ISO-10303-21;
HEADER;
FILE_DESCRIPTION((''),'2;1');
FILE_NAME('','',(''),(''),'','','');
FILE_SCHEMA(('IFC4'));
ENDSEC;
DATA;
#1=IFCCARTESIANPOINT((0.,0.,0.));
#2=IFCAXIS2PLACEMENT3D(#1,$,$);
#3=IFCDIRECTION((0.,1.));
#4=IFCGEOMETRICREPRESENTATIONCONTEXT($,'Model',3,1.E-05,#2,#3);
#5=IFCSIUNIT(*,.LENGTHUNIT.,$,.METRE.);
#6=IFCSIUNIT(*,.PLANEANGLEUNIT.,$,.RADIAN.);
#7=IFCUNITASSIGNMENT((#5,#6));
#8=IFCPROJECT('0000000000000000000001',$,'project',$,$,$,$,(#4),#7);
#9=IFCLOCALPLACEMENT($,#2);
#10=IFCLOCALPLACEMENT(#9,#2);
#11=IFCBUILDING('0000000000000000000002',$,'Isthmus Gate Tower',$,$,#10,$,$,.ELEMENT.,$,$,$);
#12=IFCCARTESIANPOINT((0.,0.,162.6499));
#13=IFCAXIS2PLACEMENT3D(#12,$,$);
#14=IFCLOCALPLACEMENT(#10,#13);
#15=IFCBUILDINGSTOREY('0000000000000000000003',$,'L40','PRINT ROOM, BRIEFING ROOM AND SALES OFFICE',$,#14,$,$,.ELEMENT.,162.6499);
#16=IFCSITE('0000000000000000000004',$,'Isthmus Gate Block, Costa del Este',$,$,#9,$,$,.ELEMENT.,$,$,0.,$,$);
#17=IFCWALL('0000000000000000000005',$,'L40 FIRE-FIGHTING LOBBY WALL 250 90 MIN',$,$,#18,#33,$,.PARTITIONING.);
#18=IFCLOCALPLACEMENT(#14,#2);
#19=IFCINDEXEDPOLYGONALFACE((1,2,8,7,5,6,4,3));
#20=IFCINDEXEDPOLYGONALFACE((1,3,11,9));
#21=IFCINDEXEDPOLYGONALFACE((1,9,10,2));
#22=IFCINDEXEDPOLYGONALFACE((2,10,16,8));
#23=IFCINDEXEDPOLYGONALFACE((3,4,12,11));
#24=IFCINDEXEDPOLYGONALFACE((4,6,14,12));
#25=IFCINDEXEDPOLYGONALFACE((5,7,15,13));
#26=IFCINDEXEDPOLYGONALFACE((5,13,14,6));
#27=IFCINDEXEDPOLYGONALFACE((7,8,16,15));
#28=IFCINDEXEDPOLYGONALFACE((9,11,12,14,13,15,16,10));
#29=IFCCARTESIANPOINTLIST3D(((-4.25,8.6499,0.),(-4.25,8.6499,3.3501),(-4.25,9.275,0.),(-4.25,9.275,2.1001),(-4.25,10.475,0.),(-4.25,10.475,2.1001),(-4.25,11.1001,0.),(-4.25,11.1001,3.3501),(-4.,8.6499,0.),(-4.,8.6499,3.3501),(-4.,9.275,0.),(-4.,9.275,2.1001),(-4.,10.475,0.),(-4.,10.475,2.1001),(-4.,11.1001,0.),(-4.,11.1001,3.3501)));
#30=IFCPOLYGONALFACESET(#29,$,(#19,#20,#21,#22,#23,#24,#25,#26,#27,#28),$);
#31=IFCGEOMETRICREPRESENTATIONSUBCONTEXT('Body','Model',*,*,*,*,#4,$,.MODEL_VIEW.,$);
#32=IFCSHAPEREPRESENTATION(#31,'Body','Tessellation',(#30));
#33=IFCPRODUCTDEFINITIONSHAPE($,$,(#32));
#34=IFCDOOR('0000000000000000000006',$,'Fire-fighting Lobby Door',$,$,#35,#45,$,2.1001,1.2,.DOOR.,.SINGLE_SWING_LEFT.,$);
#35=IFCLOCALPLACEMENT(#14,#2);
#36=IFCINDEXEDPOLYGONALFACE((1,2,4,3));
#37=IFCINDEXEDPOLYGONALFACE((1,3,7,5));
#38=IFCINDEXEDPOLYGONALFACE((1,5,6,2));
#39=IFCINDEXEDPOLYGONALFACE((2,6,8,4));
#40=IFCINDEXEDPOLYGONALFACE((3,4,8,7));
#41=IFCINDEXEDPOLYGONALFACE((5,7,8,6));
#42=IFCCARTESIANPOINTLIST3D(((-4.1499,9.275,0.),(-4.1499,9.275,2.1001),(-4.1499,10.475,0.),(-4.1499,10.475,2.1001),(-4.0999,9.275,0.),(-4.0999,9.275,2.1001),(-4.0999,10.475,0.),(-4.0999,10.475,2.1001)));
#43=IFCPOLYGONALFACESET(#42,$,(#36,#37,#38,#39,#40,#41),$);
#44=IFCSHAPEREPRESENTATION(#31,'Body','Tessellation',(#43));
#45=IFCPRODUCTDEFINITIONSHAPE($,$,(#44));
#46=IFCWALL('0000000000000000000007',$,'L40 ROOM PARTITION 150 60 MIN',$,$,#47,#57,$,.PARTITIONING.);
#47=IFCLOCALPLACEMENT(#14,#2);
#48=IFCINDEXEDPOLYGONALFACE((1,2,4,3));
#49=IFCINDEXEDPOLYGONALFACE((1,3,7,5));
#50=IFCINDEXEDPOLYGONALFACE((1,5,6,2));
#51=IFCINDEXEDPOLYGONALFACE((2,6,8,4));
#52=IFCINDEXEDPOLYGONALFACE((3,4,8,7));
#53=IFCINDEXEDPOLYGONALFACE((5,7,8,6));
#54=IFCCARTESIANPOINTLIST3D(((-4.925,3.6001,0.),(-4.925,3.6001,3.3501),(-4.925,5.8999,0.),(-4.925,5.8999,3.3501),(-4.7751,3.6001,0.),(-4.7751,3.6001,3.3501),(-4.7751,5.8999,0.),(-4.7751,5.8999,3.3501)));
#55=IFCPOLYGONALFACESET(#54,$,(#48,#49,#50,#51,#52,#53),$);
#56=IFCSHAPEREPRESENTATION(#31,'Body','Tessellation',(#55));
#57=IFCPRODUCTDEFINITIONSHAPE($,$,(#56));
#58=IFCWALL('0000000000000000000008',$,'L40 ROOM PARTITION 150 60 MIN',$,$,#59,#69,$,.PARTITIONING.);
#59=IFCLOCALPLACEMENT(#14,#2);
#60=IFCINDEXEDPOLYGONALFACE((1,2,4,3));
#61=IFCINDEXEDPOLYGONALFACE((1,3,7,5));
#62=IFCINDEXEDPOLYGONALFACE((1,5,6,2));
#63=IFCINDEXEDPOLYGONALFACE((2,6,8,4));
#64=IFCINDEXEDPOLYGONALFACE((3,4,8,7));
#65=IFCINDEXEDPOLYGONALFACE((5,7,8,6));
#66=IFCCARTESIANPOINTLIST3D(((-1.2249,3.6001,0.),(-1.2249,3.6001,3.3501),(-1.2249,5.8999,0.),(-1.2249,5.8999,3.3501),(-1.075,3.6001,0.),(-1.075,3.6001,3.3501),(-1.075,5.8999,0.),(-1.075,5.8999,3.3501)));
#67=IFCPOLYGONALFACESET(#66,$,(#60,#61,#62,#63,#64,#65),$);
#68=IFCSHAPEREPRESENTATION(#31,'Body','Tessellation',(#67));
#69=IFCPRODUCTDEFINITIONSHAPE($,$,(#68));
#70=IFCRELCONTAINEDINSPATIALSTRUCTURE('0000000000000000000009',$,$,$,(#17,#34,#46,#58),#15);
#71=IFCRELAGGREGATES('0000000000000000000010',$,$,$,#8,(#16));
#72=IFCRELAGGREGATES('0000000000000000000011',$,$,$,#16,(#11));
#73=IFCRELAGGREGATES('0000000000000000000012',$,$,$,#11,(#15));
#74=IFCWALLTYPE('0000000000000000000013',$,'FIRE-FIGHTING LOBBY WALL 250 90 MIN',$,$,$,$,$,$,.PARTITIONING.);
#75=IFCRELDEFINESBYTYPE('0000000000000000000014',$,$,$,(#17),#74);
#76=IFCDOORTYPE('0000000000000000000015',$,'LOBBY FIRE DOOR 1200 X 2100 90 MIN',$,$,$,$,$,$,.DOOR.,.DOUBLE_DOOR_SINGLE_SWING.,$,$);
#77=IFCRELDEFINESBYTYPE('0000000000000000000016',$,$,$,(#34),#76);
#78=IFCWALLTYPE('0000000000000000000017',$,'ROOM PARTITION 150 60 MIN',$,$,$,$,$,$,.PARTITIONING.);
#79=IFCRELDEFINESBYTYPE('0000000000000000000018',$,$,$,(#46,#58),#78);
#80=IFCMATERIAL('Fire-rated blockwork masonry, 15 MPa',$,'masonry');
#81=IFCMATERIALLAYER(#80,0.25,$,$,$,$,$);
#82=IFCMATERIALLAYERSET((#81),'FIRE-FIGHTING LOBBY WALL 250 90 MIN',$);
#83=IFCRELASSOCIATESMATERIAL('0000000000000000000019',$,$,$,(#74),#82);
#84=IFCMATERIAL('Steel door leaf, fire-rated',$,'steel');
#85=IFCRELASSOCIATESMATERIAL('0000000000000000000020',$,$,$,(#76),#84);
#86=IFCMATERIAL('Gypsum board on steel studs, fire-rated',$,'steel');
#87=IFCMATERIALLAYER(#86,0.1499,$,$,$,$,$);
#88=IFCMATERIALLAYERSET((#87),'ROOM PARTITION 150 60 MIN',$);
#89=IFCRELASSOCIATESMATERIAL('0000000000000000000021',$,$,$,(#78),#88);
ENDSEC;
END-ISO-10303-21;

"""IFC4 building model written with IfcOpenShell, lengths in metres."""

from ifc_helpers import new_model, si_unit, direction, frame, frame_2d, origin, place, context, subcontext, project, spatial, rectangle, extrude, material, layer, layer_set, type_object, element, fill, save


model = new_model("IFC4")

# Units and contexts
model_context = context("Model", 3, precision=1e-05, world=origin(), true_north=direction((0.0, 1.0)))
body_context = subcontext(model_context, "Body", "Model", "MODEL_VIEW")
ifc_project = project(units=[si_unit("LENGTHUNIT", "METRE"), si_unit("PLANEANGLEUNIT", "RADIAN")], contexts=[model_context])

# Site, building, storey
site_placement = place(None, origin())
site = spatial("IfcSite", under=ifc_project, at=site_placement, Name="Isthmus Gate Block, Costa del Este", CompositionType="ELEMENT", RefElevation=0.0)
building_placement = place(site_placement, origin())
building = spatial("IfcBuilding", under=site, at=building_placement, Name="Isthmus Gate Tower", CompositionType="ELEMENT")
storey_placement = place(building_placement, frame((0.0, 0.0, 162.6499)))
storey = spatial("IfcBuildingStorey", under=building, at=storey_placement, Name="L40", Description="PRINT ROOM, BRIEFING ROOM AND SALES OFFICE", CompositionType="ELEMENT", Elevation=162.6499)

# Wall, opening, door
ifc_material_1 = material(Name="Fire-rated blockwork masonry, 15 MPa", Category="masonry")
ifc_layer_1 = layer(ifc_material_1, 0.25)
ifc_layer_set_1 = layer_set([ifc_layer_1], Name="FIRE-FIGHTING LOBBY WALL 250 90 MIN")
wall_type_1 = type_object("IfcWallType", Name="FIRE-FIGHTING LOBBY WALL 250 90 MIN", PredefinedType="PARTITIONING", material=ifc_layer_set_1)
wall_1_placement = place(storey_placement, frame((-4.125, 8.6499, 0.0), z_axis=(0.0, 0.0, 1.0), x_axis=(0.0, 1.0, 0.0)))
wall_1 = element("IfcWall", 1, at=wall_1_placement, inside=storey, type_object=wall_type_1, Name="L40 FIRE-FIGHTING LOBBY WALL 250 90 MIN", PredefinedType="PARTITIONING", context=body_context, shape_type="SweptSolid", body=[
    extrude(rectangle(XDim=2.4502, YDim=0.25, at=frame_2d((1.2251, 0.0))), origin(), (0.0, 0.0, 1.0), 3.3501),
])
opening_1_placement = place(wall_1_placement, frame((0.625, 0.0, 0.0)))
opening_1 = element("IfcOpeningElement", 2, at=opening_1_placement, cuts=wall_1, PredefinedType="OPENING", context=body_context, shape_type="SweptSolid", body=[
    extrude(rectangle(XDim=1.2, YDim=2.1001, at=frame_2d((0.6001, 1.05))), frame((0.0, 0.135, 0.0), z_axis=(0.0, -1.0, 0.0), x_axis=(1.0, 0.0, 0.0)), (0.0, 0.0, 1.0), 0.27),
])
ifc_material_2 = material(Name="Steel door leaf, fire-rated", Category="steel")
door_type_1 = type_object("IfcDoorType", Name="LOBBY FIRE DOOR 1200 X 2100 90 MIN", OperationType="DOUBLE_DOOR_SINGLE_SWING", PredefinedType="DOOR", material=ifc_material_2)
door_1_placement = place(opening_1_placement, origin())
door_1 = element("IfcDoor", 3, at=door_1_placement, inside=storey, type_object=door_type_1, Name="Fire-fighting Lobby Door", OperationType="SINGLE_SWING_LEFT", OverallHeight=2.1001, OverallWidth=1.2, PredefinedType="DOOR", context=body_context, shape_type="SweptSolid", body=[
    extrude(rectangle(XDim=1.2, YDim=2.1001, at=frame_2d((0.6001, 1.05))), frame((0.0, 0.0249, 0.0), z_axis=(0.0, -1.0, 0.0), x_axis=(1.0, 0.0, 0.0)), (0.0, 0.0, 1.0), 0.05),
])
fill(opening_1, door_1)

# Walls
ifc_material_3 = material(Name="Gypsum board on steel studs, fire-rated", Category="steel")
ifc_layer_2 = layer(ifc_material_3, 0.1499)
ifc_layer_set_2 = layer_set([ifc_layer_2], Name="ROOM PARTITION 150 60 MIN")
wall_type_2 = type_object("IfcWallType", Name="ROOM PARTITION 150 60 MIN", PredefinedType="PARTITIONING", material=ifc_layer_set_2)
for number, where, z_axis, x_axis, name in (
    (4, (-4.8501, 3.6001, 0.0), (0.0, 0.0, 1.0), (0.0, 1.0, 0.0), "L40 ROOM PARTITION 150 60 MIN"),
    (5, (-1.1499, 3.6001, 0.0), (0.0, 0.0, 1.0), (0.0, 1.0, 0.0), "L40 ROOM PARTITION 150 60 MIN"),
):
    element("IfcWall", number, at=place(storey_placement, frame(where, z_axis=z_axis, x_axis=x_axis)), inside=storey, type_object=wall_type_2, Name=name, PredefinedType="PARTITIONING", context=body_context, shape_type="SweptSolid", body=[
        extrude(rectangle(XDim=2.2998, YDim=0.1499, at=frame_2d((1.1499, 0.0))), origin(), (0.0, 0.0, 1.0), 3.3501),
    ])

save(model, "model.ifc")
